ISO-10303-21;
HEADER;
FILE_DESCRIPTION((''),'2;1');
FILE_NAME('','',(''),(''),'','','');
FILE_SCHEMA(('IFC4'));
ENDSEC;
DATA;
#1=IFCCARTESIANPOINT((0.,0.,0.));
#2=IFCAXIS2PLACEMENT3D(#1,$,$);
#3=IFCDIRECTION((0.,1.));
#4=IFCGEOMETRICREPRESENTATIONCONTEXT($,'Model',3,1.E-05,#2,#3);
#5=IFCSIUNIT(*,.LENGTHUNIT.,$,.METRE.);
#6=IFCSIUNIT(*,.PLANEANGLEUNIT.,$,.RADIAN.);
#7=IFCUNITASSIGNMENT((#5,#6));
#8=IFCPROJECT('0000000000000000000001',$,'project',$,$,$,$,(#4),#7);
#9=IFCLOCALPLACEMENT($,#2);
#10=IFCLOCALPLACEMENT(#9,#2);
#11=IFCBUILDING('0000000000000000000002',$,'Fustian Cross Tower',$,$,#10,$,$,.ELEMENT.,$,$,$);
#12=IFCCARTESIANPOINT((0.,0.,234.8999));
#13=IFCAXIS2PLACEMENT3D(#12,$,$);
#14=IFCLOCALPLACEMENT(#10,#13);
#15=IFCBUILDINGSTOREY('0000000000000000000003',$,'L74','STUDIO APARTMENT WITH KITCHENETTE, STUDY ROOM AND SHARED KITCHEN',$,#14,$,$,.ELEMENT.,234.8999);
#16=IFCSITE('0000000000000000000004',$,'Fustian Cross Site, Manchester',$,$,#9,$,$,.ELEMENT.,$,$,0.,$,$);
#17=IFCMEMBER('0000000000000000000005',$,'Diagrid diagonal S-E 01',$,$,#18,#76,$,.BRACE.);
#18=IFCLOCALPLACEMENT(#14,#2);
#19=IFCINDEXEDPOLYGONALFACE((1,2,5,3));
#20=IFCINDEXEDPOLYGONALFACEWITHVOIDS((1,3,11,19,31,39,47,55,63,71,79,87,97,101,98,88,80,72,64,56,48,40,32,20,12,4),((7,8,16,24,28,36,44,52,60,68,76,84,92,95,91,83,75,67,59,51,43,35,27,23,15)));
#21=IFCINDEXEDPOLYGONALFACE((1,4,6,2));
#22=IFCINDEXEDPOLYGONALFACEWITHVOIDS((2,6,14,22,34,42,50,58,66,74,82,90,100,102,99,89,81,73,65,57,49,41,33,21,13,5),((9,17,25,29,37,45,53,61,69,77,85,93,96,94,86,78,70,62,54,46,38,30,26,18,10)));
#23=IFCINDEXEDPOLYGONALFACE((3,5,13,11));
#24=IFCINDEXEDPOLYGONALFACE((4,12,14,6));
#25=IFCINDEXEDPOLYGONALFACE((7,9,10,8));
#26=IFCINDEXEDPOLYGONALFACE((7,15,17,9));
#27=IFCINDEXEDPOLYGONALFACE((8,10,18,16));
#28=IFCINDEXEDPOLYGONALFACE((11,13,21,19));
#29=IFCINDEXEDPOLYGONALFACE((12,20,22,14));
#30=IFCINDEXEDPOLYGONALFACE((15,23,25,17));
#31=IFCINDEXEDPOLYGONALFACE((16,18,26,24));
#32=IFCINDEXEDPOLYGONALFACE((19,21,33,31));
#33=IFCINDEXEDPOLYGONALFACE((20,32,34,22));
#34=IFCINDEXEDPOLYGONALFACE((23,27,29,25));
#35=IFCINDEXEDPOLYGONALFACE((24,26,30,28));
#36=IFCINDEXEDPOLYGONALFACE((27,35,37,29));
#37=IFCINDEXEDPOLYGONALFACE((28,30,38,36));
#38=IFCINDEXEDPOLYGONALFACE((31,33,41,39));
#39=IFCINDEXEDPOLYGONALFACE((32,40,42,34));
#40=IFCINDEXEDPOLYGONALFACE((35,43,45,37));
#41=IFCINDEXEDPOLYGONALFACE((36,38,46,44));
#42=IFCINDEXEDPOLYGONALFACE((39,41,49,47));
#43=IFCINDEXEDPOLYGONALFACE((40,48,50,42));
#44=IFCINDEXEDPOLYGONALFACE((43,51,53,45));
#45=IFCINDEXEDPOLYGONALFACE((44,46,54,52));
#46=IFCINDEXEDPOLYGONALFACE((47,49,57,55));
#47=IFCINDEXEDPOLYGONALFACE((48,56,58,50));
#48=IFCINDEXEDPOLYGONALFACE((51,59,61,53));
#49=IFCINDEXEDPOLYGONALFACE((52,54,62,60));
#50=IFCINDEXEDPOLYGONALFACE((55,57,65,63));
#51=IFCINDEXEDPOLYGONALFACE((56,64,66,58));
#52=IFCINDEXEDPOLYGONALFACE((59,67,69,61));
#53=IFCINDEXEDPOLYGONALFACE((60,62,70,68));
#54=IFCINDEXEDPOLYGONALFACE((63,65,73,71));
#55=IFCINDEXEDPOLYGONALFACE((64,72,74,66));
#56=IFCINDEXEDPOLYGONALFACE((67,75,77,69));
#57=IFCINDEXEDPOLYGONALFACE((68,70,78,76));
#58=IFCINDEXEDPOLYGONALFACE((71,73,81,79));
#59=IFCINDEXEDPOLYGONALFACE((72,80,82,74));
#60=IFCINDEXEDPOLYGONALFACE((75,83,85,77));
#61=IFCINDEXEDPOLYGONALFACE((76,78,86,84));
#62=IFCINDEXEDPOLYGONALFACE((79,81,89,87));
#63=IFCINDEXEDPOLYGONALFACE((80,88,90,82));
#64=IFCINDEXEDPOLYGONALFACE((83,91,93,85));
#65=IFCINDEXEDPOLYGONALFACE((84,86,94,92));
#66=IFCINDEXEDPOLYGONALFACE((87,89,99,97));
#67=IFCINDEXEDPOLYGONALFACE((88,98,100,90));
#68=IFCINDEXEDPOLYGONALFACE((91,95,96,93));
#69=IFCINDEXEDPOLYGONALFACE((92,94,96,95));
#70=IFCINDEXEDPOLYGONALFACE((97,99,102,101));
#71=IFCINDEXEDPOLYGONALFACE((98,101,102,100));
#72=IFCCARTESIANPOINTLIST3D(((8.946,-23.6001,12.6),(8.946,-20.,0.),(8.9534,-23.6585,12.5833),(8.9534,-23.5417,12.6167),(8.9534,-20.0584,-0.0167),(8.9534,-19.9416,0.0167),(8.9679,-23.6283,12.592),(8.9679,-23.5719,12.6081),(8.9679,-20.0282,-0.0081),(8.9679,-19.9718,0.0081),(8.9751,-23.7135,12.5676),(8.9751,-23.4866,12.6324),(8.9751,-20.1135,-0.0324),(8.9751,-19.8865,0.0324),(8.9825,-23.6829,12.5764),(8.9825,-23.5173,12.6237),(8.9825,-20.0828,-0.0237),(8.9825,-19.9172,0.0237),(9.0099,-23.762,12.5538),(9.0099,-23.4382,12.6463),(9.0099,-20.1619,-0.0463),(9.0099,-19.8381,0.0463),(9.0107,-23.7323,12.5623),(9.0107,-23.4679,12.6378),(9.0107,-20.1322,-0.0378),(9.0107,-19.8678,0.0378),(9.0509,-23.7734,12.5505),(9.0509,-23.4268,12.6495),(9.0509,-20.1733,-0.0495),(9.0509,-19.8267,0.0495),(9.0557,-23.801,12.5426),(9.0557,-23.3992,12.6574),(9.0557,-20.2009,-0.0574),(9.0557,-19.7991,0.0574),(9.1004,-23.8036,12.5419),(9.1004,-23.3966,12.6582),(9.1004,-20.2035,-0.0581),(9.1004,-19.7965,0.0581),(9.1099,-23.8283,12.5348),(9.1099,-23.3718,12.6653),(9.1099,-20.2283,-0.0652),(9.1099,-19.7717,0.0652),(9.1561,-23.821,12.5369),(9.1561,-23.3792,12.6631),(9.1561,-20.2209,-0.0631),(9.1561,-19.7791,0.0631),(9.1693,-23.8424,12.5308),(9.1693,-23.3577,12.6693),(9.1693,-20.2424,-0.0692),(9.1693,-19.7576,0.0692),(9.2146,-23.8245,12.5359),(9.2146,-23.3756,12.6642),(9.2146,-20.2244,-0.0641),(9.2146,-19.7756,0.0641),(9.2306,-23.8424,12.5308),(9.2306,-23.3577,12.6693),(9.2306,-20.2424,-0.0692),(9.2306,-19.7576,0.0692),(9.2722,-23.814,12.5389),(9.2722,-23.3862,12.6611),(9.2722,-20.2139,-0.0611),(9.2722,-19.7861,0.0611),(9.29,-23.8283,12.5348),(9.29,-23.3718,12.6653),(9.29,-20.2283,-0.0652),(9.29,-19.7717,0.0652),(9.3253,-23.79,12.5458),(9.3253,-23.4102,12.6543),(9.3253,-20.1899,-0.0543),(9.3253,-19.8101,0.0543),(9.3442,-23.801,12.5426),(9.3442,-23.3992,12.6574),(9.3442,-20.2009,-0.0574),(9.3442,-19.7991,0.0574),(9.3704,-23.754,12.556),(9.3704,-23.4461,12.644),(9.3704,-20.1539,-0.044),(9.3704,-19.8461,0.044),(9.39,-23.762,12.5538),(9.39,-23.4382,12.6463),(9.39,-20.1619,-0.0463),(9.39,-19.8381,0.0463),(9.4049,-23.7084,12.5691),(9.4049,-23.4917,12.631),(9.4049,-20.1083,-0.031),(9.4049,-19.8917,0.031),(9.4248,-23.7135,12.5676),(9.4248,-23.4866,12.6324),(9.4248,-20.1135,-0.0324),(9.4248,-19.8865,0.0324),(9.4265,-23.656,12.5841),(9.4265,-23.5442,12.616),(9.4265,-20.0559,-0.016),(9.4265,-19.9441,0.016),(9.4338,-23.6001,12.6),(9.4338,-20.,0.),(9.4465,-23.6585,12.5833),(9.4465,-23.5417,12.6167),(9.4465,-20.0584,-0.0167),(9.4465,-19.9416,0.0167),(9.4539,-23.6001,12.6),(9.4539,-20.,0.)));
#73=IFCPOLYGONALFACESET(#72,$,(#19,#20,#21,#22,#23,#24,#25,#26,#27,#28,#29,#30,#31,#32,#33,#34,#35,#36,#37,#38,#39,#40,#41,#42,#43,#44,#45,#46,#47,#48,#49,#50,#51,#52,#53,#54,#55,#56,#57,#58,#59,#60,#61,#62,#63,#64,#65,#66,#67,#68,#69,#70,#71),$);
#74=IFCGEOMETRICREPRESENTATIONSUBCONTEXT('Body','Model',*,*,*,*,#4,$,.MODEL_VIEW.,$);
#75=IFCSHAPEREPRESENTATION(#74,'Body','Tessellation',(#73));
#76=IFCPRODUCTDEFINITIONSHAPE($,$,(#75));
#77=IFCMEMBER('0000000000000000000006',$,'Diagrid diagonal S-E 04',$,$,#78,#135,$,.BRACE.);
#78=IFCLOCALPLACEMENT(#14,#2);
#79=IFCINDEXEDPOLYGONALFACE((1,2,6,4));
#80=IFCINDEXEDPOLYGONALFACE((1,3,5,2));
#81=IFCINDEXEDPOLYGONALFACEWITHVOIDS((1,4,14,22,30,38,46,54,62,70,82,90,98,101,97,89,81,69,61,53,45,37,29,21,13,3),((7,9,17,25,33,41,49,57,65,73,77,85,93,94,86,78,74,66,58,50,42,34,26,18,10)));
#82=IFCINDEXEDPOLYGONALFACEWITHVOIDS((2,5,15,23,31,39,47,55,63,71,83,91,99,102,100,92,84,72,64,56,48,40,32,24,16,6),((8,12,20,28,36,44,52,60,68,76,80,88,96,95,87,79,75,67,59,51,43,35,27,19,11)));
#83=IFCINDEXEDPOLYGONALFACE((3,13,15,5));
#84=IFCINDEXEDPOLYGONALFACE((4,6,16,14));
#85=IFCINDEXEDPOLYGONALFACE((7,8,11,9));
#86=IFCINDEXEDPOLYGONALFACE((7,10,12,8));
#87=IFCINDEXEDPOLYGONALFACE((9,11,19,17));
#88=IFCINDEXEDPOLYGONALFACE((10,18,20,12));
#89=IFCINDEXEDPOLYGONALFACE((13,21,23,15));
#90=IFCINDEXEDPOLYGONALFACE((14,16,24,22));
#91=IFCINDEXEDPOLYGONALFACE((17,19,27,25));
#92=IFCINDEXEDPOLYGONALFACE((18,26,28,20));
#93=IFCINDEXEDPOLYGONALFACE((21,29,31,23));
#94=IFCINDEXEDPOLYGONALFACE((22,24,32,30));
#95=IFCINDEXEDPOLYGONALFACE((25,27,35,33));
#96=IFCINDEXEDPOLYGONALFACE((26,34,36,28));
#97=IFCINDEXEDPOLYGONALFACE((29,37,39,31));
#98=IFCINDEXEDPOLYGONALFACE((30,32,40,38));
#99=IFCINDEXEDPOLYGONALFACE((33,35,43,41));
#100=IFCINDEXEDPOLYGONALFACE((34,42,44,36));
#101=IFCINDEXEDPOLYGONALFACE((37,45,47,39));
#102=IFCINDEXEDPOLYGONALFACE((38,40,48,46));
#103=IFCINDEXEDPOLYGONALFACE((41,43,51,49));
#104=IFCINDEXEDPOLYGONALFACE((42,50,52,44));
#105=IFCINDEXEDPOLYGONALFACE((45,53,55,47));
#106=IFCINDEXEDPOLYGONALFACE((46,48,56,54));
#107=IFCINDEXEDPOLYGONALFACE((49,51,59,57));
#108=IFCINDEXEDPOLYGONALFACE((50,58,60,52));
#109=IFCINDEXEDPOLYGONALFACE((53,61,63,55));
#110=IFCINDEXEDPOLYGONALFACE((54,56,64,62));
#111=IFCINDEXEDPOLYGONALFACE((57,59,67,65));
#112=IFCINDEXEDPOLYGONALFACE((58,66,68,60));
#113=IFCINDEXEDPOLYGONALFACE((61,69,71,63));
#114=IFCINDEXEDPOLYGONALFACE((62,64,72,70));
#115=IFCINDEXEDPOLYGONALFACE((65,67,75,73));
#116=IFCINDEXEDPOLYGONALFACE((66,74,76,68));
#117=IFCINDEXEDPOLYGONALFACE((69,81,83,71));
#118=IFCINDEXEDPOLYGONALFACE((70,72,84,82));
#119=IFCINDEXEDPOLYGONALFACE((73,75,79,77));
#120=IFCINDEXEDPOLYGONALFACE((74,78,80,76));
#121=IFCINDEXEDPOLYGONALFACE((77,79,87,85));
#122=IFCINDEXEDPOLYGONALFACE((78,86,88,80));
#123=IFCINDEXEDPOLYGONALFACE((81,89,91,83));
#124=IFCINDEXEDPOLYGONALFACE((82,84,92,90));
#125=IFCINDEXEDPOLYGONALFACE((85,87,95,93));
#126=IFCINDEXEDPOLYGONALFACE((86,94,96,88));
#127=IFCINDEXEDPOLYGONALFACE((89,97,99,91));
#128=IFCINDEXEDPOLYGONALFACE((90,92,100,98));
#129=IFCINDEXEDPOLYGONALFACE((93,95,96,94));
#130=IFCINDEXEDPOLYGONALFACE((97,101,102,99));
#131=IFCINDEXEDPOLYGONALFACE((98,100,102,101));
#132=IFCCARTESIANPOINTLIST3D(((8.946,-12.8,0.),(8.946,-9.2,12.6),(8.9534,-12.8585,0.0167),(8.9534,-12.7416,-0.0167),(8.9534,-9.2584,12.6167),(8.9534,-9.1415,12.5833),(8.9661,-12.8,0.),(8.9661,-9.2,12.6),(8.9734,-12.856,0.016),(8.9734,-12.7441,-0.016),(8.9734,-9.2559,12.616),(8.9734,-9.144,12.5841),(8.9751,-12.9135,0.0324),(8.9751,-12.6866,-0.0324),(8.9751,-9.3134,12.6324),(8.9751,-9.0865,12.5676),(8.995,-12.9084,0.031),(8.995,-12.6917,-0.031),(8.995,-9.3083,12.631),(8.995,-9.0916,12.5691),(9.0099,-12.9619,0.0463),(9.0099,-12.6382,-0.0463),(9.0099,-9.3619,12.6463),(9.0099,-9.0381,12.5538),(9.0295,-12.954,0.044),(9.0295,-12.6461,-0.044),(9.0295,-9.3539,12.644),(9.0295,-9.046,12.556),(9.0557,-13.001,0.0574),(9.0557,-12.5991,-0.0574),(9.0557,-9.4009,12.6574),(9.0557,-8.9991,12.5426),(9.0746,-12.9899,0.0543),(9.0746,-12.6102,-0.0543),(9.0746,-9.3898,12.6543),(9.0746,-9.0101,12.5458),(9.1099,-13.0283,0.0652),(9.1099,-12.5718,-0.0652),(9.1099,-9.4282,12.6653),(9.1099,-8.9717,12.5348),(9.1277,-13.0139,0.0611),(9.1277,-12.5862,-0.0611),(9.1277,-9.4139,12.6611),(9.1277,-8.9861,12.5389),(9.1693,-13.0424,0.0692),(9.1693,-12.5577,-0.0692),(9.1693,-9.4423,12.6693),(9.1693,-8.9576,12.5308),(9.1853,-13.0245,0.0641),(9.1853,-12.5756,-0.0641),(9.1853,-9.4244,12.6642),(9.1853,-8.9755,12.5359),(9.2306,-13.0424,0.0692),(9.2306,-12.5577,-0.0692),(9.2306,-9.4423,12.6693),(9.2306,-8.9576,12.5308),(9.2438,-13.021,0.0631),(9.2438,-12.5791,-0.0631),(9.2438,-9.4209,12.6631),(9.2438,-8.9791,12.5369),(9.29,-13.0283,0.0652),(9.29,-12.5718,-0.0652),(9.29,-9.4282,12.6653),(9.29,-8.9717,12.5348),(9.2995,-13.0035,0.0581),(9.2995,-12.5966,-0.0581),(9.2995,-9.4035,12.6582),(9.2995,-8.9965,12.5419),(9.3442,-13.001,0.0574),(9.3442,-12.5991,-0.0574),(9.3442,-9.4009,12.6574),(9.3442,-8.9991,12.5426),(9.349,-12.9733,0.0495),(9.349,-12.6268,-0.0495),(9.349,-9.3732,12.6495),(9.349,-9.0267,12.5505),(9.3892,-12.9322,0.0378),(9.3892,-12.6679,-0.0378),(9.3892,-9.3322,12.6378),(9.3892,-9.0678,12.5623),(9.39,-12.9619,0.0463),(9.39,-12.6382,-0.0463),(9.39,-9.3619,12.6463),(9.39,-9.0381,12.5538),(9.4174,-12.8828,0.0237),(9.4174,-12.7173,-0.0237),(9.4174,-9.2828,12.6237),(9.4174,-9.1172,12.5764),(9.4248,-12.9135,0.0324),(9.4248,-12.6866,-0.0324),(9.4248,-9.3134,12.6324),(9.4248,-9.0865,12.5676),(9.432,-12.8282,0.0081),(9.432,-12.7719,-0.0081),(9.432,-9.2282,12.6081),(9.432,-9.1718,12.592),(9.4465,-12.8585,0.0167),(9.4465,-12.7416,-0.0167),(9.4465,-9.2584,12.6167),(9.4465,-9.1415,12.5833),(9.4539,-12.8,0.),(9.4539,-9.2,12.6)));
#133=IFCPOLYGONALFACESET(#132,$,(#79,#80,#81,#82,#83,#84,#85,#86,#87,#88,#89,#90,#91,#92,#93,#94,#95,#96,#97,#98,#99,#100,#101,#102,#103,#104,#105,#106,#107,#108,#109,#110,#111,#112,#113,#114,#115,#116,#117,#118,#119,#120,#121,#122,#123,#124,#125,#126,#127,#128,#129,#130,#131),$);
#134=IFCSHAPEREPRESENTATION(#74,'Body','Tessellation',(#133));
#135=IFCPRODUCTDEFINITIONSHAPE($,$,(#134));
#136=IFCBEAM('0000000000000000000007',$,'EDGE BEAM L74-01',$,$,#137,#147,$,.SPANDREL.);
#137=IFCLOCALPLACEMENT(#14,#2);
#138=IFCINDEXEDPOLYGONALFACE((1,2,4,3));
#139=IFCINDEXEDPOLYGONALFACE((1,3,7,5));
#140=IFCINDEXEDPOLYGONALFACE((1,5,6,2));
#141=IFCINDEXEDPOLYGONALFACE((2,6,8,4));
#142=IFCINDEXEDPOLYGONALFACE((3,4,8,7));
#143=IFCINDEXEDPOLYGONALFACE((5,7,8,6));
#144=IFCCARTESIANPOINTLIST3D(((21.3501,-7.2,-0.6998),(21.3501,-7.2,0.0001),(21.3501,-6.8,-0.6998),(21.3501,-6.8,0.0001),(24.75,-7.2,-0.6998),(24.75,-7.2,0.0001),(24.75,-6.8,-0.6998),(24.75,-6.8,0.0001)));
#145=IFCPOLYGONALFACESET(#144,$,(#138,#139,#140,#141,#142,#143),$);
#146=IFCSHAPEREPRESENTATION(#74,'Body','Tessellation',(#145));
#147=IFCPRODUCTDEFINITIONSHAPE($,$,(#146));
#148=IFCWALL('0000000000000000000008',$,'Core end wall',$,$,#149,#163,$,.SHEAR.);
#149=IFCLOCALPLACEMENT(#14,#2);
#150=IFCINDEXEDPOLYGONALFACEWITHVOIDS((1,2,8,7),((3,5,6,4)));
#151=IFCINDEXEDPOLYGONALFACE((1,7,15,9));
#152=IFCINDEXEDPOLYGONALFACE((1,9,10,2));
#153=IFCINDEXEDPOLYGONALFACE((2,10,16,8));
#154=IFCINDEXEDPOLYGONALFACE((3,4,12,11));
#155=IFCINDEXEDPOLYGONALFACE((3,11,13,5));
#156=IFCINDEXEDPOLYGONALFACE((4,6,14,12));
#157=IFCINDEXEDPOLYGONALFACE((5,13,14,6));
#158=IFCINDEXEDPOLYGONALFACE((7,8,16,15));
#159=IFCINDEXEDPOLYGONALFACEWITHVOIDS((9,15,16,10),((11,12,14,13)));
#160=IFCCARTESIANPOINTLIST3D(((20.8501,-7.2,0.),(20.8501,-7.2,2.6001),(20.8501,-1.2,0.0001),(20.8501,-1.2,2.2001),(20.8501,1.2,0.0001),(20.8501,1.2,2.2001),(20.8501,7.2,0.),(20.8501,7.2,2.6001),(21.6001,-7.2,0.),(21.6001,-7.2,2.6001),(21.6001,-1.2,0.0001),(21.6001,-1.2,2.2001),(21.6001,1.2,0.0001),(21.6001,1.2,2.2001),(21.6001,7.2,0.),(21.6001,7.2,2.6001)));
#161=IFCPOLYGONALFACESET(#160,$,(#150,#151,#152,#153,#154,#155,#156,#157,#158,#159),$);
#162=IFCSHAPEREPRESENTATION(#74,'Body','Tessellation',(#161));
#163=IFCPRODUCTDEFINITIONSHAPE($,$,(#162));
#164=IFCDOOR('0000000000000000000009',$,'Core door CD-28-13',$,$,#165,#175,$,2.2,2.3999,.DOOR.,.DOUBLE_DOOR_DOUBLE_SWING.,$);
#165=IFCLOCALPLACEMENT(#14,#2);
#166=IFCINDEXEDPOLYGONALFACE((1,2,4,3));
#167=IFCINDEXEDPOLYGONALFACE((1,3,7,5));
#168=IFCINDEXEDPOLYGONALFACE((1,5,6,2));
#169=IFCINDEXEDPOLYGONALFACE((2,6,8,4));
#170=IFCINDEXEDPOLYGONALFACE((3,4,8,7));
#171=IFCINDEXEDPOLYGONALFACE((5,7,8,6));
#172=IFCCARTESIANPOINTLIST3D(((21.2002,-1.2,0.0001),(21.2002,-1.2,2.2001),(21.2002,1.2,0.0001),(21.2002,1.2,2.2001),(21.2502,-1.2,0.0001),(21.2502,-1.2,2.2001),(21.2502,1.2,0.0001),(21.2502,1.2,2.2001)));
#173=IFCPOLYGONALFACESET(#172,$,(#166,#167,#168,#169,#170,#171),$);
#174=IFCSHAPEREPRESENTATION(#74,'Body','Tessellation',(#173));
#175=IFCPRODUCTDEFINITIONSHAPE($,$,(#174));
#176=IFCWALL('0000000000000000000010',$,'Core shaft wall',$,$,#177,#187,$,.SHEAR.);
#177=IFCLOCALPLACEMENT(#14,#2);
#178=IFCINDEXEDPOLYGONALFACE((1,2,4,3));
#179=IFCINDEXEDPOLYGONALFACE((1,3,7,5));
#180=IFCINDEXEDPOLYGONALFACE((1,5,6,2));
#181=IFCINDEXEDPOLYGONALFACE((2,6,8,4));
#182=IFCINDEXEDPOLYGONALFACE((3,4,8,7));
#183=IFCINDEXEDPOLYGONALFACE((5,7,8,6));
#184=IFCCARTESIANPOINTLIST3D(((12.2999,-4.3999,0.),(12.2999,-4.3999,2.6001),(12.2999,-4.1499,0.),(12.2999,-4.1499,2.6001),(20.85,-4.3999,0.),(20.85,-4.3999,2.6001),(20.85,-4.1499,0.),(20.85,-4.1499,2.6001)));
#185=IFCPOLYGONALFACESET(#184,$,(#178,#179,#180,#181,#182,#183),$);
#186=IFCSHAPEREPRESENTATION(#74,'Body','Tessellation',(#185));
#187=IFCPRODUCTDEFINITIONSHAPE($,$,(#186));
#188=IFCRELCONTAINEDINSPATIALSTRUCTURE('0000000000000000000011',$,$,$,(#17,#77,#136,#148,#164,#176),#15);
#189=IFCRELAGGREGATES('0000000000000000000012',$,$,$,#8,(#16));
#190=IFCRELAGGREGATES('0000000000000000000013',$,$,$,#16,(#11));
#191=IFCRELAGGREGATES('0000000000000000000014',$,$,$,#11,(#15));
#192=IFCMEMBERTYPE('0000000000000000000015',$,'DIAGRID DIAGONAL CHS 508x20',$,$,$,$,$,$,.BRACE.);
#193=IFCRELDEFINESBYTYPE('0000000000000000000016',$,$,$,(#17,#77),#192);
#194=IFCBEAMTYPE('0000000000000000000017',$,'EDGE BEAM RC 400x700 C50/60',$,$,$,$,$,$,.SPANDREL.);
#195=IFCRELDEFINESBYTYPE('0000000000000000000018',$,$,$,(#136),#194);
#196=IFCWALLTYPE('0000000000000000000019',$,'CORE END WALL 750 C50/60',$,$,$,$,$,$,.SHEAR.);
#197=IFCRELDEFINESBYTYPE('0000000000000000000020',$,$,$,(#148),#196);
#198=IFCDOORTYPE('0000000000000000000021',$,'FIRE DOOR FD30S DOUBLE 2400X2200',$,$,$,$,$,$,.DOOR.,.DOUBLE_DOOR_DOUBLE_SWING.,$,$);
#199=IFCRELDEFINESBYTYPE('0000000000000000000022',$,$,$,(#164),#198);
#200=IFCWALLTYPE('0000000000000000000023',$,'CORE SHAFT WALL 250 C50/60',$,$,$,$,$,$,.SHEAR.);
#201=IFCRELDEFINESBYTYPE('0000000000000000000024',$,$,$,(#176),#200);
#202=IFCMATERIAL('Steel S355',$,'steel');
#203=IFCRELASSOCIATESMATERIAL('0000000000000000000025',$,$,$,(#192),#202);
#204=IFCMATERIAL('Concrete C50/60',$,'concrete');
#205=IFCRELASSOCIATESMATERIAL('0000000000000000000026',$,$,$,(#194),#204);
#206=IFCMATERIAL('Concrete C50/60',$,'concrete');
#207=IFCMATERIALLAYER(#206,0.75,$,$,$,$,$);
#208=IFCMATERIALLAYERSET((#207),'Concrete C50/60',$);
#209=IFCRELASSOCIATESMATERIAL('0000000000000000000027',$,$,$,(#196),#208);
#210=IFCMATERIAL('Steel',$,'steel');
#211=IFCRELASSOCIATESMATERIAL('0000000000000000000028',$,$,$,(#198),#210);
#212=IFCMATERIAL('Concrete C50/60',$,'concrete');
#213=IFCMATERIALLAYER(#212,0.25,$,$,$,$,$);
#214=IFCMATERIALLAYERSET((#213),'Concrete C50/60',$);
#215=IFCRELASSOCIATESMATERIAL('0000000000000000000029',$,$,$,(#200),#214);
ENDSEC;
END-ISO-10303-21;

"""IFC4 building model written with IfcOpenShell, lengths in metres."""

from ifc_helpers import new_model, si_unit, direction, frame, frame_2d, origin, origin_2d, place, context, subcontext, project, spatial, rectangle, hollow_circle, extrude, material, layer, layer_set, material_profile, profile_set, type_object, element, fill, save


model = new_model("IFC4")

# Units and contexts
model_context = context("Model", 3, precision=1e-05, world=origin(), true_north=direction((0.0, 1.0)))
body_context = subcontext(model_context, "Body", "Model", "MODEL_VIEW")
ifc_project = project(units=[si_unit("LENGTHUNIT", "METRE"), si_unit("PLANEANGLEUNIT", "RADIAN")], contexts=[model_context])

# Site, building, storey
site_placement = place(None, origin())
site = spatial("IfcSite", under=ifc_project, at=site_placement, Name="Fustian Cross Site, Manchester", CompositionType="ELEMENT", RefElevation=0.0)
building_placement = place(site_placement, origin())
building = spatial("IfcBuilding", under=site, at=building_placement, Name="Fustian Cross Tower", CompositionType="ELEMENT")
storey_placement = place(building_placement, frame((0.0, 0.0, 234.8999)))
storey = spatial("IfcBuildingStorey", under=building, at=storey_placement, Name="L74", Description="STUDIO APARTMENT WITH KITCHENETTE, STUDY ROOM AND SHARED KITCHEN", CompositionType="ELEMENT", Elevation=234.8999)

# Members
ifc_material_1 = material(Name="Steel S355", Category="steel")
ifc_material_profile_1 = material_profile(ifc_material_1, hollow_circle(Radius=0.2539, WallThickness=0.02, at=origin_2d()), Name="CHS 508x20")
ifc_profile_set_1 = profile_set([ifc_material_profile_1], Name="Steel S355")
member_type_1 = type_object("IfcMemberType", Name="DIAGRID DIAGONAL CHS 508x20", PredefinedType="BRACE", material=ifc_profile_set_1)
for number, where, z_axis, x_axis, name in (
    (1, (9.2, -20.0, 0.0), (0.0, -0.274726, 0.961523), (1.0, 0.0, 0.0), "Diagrid diagonal S-E 01"),
    (2, (9.2, -12.8, 0.0), (0.0, 0.274726, 0.961523), (-1.0, 0.0, 0.0), "Diagrid diagonal S-E 04"),
):
    element("IfcMember", number, at=place(storey_placement, frame(where, z_axis=z_axis, x_axis=x_axis)), inside=storey, type_object=member_type_1, Name=name, PredefinedType="BRACE", context=body_context, shape_type="SweptSolid", body=[
        extrude(hollow_circle(Radius=0.2539, WallThickness=0.02, at=origin_2d()), origin(), (0.0, 0.0, 1.0), 13.1042),
    ])

# Beam
ifc_material_2 = material(Name="Concrete C50/60", Category="concrete")
ifc_material_profile_2 = material_profile(ifc_material_2, rectangle(XDim=0.3999, YDim=0.7, at=origin_2d()), Name="RC 400x700")
ifc_profile_set_2 = profile_set([ifc_material_profile_2], Name="Concrete C50/60")
beam_type = type_object("IfcBeamType", Name="EDGE BEAM RC 400x700 C50/60", PredefinedType="SPANDREL", material=ifc_profile_set_2)
beam_placement = place(storey_placement, frame((21.3501, -7.0, -0.3499), z_axis=(1.0, 0.0, 0.0), x_axis=(0.0, 1.0, 0.0)))
element("IfcBeam", 3, at=beam_placement, inside=storey, type_object=beam_type, Name="EDGE BEAM L74-01", PredefinedType="SPANDREL", context=body_context, shape_type="SweptSolid", body=[
    extrude(rectangle(XDim=0.3999, YDim=0.7, at=origin_2d()), origin(), (0.0, 0.0, 1.0), 3.3999),
])

# Wall, opening, door
ifc_material_3 = material(Name="Concrete C50/60", Category="concrete")
ifc_layer_1 = layer(ifc_material_3, 0.75)
ifc_layer_set_1 = layer_set([ifc_layer_1], Name="Concrete C50/60")
wall_type_1 = type_object("IfcWallType", Name="CORE END WALL 750 C50/60", PredefinedType="SHEAR", material=ifc_layer_set_1)
wall_1_placement = place(storey_placement, frame((21.2251, -7.2, 0.0), z_axis=(0.0, 0.0, 1.0), x_axis=(0.0, 1.0, 0.0)))
wall_1 = element("IfcWall", 4, at=wall_1_placement, inside=storey, type_object=wall_type_1, Name="Core end wall", PredefinedType="SHEAR", context=body_context, shape_type="SweptSolid", body=[
    extrude(rectangle(XDim=14.3999, YDim=0.75, at=frame_2d((7.2, 0.0))), origin(), (0.0, 0.0, 1.0), 2.6001),
])
opening_1_placement = place(wall_1_placement, frame((6.0, 0.0, 0.0)))
opening_1 = element("IfcOpeningElement", 5, at=opening_1_placement, cuts=wall_1, PredefinedType="OPENING", context=body_context, shape_type="SweptSolid", body=[
    extrude(rectangle(XDim=2.3999, YDim=2.2, at=frame_2d((1.2, 1.1001))), frame((0.0, 0.385, 0.0), z_axis=(0.0, -1.0, 0.0), x_axis=(1.0, 0.0, 0.0)), (0.0, 0.0, 1.0), 0.77),
])
ifc_material_4 = material(Name="Steel", Category="steel")
door_type_1 = type_object("IfcDoorType", Name="FIRE DOOR FD30S DOUBLE 2400X2200", OperationType="DOUBLE_DOOR_DOUBLE_SWING", PredefinedType="DOOR", material=ifc_material_4)
door_1_placement = place(opening_1_placement, origin())
door_1 = element("IfcDoor", 6, at=door_1_placement, inside=storey, type_object=door_type_1, Name="Core door CD-28-13", OperationType="DOUBLE_DOOR_DOUBLE_SWING", OverallHeight=2.2, OverallWidth=2.3999, PredefinedType="DOOR", context=body_context, shape_type="SweptSolid", body=[
    extrude(rectangle(XDim=2.3999, YDim=2.2, at=frame_2d((1.2, 1.1001))), frame((0.0, 0.0249, 0.0), z_axis=(0.0, -1.0, 0.0), x_axis=(1.0, 0.0, 0.0)), (0.0, 0.0, 1.0), 0.05),
])
fill(opening_1, door_1)

# Wall
ifc_material_5 = material(Name="Concrete C50/60", Category="concrete")
ifc_layer_2 = layer(ifc_material_5, 0.25)
ifc_layer_set_2 = layer_set([ifc_layer_2], Name="Concrete C50/60")
wall_type_2 = type_object("IfcWallType", Name="CORE SHAFT WALL 250 C50/60", PredefinedType="SHEAR", material=ifc_layer_set_2)
wall_2_placement = place(storey_placement, frame((12.3, -4.2749, 0.0), z_axis=(0.0, 0.0, 1.0), x_axis=(1.0, 0.0, 0.0)))
element("IfcWall", 7, at=wall_2_placement, inside=storey, type_object=wall_type_2, Name="Core shaft wall", PredefinedType="SHEAR", context=body_context, shape_type="SweptSolid", body=[
    extrude(rectangle(XDim=8.55, YDim=0.25, at=frame_2d((4.2749, 0.0))), origin(), (0.0, 0.0, 1.0), 2.6001),
])

save(model, "model.ifc")
